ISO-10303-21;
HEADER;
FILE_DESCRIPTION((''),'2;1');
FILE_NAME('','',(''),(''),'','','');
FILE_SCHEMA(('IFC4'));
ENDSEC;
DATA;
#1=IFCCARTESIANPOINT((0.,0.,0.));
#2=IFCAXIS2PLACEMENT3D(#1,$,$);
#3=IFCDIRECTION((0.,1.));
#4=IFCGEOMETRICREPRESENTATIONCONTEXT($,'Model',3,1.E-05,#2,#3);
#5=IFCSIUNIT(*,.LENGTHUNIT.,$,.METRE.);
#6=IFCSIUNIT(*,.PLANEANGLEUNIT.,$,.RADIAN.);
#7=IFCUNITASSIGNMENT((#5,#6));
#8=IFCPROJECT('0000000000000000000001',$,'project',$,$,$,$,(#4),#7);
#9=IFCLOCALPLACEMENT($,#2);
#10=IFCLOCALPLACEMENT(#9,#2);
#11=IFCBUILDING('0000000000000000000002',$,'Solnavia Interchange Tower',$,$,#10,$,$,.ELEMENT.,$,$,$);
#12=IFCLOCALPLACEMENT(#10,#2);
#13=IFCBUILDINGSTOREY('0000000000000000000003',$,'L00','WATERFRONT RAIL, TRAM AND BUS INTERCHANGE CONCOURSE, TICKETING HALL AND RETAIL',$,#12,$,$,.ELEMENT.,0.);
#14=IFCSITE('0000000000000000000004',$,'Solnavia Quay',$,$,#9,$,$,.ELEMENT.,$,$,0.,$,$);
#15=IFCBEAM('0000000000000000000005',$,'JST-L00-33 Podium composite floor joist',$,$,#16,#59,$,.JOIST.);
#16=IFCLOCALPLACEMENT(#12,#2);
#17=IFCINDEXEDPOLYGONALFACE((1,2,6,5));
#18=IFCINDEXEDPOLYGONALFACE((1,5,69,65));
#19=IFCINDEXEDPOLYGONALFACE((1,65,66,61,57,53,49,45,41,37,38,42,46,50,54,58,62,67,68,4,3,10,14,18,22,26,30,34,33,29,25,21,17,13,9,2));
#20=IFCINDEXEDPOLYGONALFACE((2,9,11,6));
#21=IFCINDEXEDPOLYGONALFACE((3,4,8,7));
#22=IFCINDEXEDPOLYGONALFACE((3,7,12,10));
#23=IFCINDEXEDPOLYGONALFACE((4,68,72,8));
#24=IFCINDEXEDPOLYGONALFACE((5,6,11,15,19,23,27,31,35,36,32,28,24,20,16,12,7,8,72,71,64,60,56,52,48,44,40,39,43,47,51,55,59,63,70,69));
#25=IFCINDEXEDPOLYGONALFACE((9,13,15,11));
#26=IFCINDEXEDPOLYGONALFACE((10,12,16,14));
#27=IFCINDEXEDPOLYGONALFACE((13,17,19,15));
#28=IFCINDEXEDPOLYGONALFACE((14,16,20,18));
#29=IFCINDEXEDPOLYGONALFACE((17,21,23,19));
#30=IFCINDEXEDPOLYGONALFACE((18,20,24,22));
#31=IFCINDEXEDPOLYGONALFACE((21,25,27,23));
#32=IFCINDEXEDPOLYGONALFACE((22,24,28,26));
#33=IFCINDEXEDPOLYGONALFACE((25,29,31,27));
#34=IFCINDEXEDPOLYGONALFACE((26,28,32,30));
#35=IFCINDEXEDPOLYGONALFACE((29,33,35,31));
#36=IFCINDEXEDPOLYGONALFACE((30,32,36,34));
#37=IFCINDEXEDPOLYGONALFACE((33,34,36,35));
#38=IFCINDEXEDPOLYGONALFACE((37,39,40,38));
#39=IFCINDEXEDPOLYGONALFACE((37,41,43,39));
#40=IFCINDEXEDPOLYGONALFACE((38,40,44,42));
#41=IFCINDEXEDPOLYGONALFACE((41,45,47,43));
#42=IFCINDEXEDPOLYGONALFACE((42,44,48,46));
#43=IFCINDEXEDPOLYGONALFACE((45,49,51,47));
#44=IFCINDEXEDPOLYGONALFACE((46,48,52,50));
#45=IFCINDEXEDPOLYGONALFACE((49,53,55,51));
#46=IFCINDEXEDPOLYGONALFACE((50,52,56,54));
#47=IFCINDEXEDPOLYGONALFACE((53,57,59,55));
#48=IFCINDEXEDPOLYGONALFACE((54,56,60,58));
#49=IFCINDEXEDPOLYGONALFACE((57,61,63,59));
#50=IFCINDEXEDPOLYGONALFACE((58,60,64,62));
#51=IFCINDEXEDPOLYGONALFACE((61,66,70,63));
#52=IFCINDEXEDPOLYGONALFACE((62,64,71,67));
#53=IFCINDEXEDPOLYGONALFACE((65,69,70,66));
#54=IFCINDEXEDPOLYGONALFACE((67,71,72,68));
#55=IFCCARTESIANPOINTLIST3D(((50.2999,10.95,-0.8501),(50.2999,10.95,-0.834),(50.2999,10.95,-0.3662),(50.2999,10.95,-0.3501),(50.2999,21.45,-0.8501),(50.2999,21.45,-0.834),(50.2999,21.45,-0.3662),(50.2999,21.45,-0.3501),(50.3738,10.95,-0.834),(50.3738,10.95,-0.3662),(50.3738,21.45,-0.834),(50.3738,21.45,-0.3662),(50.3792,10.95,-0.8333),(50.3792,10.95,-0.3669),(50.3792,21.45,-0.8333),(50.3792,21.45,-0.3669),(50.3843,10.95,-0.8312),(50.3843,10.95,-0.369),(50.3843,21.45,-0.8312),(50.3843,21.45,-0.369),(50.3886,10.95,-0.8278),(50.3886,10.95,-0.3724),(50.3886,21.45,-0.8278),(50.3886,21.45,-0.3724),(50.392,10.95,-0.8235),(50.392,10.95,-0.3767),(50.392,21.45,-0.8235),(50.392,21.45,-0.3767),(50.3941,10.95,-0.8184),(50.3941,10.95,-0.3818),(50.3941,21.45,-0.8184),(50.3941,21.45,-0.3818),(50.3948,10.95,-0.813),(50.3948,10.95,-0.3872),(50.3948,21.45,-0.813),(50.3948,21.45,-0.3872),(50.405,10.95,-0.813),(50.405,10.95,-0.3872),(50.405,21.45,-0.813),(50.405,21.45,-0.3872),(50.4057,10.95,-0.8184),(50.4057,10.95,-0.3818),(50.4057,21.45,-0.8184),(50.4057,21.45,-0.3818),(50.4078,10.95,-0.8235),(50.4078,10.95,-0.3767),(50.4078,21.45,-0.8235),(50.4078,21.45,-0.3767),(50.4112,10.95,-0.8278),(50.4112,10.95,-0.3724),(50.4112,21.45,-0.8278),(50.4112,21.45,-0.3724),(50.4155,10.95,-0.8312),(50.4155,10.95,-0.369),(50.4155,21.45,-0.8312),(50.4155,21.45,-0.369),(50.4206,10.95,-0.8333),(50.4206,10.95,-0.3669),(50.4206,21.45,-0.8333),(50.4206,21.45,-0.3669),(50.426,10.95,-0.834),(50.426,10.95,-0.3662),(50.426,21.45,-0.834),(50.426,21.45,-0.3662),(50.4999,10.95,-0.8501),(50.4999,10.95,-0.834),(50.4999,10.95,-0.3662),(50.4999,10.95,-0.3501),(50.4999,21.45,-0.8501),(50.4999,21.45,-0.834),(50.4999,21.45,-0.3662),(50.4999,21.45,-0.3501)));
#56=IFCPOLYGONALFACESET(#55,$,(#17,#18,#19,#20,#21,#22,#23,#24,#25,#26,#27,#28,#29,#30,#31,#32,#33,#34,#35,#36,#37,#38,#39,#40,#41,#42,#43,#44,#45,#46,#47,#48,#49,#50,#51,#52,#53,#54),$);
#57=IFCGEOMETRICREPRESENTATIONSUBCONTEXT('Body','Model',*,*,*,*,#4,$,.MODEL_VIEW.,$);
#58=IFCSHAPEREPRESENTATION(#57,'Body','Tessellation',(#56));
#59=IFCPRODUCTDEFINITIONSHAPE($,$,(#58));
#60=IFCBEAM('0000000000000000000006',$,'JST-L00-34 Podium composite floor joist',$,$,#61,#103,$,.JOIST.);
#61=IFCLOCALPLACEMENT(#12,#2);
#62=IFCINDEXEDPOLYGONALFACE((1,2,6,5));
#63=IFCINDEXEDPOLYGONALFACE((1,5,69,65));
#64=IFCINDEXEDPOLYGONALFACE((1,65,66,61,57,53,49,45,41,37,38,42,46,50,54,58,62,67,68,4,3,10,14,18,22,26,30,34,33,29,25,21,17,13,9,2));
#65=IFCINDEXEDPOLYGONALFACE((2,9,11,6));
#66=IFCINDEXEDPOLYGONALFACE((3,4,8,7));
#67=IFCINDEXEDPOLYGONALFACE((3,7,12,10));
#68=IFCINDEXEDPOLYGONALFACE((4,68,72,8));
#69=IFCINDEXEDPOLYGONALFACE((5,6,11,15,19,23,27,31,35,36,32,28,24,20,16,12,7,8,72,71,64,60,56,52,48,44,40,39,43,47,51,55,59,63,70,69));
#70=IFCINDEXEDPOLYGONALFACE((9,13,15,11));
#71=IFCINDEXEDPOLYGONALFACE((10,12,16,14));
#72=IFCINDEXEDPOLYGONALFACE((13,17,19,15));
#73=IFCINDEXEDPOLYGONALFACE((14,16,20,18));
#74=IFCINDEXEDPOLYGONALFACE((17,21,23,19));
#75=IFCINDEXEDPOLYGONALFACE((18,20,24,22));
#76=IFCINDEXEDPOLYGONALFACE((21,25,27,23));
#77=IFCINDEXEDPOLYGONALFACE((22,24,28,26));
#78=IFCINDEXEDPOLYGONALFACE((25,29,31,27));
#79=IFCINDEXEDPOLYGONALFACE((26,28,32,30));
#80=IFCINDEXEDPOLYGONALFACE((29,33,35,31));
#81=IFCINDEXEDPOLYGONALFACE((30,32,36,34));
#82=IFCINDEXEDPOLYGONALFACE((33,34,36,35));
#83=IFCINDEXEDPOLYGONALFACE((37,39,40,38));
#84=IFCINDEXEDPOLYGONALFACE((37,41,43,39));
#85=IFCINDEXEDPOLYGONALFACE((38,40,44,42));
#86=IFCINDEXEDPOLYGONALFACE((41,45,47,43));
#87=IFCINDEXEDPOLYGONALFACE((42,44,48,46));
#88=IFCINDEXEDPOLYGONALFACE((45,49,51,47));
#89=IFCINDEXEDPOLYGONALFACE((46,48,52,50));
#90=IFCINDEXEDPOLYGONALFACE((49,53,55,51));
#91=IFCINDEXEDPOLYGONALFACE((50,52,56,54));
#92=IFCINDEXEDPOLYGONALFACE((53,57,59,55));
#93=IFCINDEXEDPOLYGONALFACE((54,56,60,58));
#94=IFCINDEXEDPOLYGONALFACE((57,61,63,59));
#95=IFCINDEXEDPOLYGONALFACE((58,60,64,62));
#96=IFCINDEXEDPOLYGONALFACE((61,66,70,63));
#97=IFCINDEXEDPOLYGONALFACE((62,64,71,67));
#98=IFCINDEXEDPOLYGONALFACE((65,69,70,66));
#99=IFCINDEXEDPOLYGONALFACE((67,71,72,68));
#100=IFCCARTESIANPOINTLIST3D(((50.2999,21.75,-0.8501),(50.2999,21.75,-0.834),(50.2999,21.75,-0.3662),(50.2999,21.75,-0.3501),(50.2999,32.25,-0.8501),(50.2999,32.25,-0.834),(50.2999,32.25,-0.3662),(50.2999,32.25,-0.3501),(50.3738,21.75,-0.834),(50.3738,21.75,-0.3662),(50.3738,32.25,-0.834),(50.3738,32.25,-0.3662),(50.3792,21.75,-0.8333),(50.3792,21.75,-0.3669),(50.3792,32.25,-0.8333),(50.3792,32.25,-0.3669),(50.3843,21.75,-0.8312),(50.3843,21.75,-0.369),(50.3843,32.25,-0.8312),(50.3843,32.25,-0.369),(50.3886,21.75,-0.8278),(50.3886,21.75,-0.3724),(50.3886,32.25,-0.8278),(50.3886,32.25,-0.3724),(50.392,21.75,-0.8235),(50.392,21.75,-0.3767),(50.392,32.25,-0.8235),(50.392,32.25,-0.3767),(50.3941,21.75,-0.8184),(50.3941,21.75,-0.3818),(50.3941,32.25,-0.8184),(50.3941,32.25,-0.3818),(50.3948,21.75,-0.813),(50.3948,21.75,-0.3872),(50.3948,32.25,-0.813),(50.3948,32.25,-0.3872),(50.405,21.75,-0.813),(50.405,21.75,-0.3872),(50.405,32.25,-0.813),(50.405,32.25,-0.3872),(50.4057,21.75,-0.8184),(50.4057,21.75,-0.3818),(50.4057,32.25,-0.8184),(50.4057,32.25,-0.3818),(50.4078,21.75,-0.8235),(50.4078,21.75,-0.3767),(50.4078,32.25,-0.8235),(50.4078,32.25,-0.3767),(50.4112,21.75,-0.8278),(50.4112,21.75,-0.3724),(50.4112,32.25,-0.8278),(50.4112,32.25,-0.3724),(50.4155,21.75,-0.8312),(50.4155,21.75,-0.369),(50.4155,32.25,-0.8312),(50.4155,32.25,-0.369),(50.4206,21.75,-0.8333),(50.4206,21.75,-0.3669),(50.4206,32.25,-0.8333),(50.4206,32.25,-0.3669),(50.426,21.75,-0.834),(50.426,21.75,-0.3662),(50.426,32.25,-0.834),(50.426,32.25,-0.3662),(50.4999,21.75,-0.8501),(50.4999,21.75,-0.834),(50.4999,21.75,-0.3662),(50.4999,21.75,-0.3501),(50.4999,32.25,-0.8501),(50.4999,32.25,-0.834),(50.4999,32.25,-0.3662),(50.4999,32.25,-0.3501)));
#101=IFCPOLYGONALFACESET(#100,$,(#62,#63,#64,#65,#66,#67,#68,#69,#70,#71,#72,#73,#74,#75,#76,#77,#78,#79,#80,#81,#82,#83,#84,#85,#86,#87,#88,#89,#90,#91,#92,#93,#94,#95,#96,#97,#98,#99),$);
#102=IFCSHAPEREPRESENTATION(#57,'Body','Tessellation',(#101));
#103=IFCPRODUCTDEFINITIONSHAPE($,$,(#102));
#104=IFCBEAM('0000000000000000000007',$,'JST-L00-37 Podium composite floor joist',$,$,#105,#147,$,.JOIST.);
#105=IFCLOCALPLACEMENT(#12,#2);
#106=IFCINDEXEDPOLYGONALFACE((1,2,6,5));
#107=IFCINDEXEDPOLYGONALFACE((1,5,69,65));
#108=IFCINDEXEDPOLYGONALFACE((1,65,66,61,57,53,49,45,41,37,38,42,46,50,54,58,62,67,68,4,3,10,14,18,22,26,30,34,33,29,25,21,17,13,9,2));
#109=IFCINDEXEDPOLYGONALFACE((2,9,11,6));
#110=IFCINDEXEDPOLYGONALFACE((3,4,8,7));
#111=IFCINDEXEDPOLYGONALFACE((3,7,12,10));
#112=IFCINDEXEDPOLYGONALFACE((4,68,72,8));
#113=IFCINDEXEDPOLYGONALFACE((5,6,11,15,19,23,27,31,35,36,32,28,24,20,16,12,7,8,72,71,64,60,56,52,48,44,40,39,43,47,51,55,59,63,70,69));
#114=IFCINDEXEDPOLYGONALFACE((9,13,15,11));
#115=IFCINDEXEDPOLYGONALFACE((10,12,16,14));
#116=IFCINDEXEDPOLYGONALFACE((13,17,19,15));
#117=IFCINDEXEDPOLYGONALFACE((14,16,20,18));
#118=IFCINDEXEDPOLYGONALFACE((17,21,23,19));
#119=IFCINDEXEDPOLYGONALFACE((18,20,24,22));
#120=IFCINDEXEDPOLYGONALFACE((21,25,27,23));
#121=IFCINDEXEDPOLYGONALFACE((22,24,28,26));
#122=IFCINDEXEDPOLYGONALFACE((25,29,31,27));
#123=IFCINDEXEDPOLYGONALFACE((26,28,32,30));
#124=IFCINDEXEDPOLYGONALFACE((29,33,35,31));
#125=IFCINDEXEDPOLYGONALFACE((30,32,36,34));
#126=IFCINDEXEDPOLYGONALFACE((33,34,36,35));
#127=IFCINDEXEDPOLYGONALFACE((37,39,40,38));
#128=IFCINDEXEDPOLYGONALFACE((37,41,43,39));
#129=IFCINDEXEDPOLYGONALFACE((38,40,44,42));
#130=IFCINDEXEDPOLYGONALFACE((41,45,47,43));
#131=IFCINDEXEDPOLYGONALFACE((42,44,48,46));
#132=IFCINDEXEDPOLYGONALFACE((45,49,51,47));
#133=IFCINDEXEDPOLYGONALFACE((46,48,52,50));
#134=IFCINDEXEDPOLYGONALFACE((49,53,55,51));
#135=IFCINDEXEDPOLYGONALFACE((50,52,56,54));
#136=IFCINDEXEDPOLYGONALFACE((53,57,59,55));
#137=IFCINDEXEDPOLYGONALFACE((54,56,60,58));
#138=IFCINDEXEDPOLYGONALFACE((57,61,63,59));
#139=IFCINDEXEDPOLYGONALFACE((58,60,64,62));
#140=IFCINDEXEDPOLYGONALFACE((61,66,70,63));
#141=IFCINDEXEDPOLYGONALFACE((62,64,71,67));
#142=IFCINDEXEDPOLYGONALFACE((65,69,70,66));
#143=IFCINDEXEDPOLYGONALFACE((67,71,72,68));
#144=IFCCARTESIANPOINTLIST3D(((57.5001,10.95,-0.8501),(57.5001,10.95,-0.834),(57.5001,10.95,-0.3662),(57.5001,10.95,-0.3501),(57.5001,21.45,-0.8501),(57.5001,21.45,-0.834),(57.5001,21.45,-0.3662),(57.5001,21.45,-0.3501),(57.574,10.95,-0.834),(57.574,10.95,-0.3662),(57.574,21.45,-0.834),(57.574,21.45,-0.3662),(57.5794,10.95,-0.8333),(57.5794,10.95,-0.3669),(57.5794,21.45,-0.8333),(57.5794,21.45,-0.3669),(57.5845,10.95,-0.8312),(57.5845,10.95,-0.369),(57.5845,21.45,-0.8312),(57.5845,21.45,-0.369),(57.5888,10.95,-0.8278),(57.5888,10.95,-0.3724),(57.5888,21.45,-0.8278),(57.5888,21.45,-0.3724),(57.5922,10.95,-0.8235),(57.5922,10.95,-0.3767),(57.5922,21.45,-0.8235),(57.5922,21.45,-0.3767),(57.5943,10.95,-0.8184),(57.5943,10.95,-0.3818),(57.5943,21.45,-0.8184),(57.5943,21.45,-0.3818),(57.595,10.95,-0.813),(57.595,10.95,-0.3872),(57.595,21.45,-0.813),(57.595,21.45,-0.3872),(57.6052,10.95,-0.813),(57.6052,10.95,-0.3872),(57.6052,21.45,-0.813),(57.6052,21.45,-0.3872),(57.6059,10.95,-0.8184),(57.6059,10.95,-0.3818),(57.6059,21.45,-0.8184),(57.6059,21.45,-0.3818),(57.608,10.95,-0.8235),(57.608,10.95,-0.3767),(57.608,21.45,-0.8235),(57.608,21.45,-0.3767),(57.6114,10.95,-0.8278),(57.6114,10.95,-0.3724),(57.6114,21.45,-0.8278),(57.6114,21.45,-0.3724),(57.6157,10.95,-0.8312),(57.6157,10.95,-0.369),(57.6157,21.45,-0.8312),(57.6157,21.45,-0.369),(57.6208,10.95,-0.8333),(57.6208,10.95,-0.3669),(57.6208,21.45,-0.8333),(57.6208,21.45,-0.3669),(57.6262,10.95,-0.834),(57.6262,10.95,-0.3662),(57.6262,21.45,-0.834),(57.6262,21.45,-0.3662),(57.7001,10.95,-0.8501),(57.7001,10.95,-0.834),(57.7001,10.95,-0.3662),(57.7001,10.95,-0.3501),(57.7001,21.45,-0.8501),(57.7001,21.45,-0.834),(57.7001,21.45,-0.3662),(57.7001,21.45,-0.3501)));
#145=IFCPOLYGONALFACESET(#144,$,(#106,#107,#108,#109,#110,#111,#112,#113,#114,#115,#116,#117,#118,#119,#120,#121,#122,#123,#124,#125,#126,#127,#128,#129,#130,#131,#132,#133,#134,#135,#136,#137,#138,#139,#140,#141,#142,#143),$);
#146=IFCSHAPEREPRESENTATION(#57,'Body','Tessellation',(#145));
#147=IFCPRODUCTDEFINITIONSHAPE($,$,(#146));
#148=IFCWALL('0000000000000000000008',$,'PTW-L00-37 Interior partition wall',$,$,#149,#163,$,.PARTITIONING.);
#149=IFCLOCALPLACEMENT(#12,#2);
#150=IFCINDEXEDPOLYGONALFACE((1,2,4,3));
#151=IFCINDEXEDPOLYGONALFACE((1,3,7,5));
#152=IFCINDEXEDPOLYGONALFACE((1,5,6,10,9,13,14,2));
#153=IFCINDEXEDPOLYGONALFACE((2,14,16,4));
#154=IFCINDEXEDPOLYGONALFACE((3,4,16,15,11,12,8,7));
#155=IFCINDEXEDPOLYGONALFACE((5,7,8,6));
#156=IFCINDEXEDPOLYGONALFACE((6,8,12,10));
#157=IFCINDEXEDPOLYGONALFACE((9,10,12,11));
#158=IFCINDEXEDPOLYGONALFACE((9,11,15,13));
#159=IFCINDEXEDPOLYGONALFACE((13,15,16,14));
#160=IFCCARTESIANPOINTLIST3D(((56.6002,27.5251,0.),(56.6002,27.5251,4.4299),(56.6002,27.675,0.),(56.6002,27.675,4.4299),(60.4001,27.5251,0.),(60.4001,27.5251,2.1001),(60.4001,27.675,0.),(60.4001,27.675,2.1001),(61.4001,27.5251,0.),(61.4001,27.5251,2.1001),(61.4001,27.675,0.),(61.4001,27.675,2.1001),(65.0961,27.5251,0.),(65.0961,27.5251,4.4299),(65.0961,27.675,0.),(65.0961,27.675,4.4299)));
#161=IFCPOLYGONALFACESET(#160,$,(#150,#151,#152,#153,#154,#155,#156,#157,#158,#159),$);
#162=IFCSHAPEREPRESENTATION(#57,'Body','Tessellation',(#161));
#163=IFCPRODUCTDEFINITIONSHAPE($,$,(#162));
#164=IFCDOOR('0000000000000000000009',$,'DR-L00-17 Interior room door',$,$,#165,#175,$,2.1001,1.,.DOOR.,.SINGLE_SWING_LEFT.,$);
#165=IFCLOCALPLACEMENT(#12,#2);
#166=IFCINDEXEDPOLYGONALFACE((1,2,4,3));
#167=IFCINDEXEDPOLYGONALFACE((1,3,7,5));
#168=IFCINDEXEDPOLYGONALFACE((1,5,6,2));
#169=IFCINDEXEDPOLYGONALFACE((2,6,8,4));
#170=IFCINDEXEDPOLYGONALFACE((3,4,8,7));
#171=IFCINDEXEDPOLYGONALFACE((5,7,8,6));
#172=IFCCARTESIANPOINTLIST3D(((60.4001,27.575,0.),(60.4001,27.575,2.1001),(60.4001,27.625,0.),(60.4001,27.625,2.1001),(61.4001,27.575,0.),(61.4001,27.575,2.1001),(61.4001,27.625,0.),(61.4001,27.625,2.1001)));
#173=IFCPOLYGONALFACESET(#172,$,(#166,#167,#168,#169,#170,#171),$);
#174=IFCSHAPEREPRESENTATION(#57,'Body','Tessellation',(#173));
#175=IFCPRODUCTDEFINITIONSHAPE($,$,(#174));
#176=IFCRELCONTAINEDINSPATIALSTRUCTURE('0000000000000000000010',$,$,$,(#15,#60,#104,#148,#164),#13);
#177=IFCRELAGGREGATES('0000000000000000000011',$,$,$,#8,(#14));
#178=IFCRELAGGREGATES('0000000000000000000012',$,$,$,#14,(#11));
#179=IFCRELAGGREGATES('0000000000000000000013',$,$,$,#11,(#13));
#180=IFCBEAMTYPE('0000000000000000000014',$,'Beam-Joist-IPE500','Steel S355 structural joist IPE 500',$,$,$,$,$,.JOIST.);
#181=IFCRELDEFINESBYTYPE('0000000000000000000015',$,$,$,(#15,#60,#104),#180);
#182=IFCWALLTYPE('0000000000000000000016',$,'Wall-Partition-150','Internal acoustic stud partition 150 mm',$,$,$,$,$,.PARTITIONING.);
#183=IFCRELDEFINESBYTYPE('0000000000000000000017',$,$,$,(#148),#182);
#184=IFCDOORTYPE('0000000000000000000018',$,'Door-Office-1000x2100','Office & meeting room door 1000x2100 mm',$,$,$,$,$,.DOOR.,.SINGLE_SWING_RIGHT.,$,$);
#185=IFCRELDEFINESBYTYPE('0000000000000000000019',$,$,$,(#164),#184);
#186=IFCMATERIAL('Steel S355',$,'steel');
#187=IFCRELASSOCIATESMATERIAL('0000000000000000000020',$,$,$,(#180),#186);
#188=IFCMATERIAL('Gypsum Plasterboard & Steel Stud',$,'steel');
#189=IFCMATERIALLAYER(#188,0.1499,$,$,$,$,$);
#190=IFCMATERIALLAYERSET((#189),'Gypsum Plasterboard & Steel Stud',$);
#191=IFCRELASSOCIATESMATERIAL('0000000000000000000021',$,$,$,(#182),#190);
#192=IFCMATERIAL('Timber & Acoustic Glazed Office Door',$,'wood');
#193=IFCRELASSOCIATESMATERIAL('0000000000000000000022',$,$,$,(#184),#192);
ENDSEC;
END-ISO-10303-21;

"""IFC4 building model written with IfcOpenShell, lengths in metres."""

from ifc_helpers import new_model, si_unit, direction, frame, frame_2d, origin, origin_2d, place, context, subcontext, project, spatial, rectangle, i_section, extrude, material, layer, layer_set, material_profile, profile_set, type_object, element, fill, save


model = new_model("IFC4")

# Units and contexts
model_context = context("Model", 3, precision=1e-05, world=origin(), true_north=direction((0.0, 1.0)))
body_context = subcontext(model_context, "Body", "Model", "MODEL_VIEW")
ifc_project = project(units=[si_unit("LENGTHUNIT", "METRE"), si_unit("PLANEANGLEUNIT", "RADIAN")], contexts=[model_context])

# Site, building, storey
site_placement = place(None, origin())
site = spatial("IfcSite", under=ifc_project, at=site_placement, Name="Solnavia Quay", CompositionType="ELEMENT", RefElevation=0.0)
building_placement = place(site_placement, origin())
building = spatial("IfcBuilding", under=site, at=building_placement, Name="Solnavia Interchange Tower", CompositionType="ELEMENT")
storey_placement = place(building_placement, origin())
storey = spatial("IfcBuildingStorey", under=building, at=storey_placement, Name="L00", Description="WATERFRONT RAIL, TRAM AND BUS INTERCHANGE CONCOURSE, TICKETING HALL AND RETAIL", CompositionType="ELEMENT", Elevation=0.0)

# Beams
ifc_material_1 = material(Name="Steel S355", Category="steel")
ifc_material_profile_1 = material_profile(ifc_material_1, i_section(OverallWidth=0.2, OverallDepth=0.5, WebThickness=0.0103, FlangeThickness=0.0161, FilletRadius=0.021, at=origin_2d()), Name="IPE 500")
ifc_profile_set_1 = profile_set([ifc_material_profile_1], Name="Steel S355")
beam_type_1 = type_object("IfcBeamType", Name="Beam-Joist-IPE500", Description="Steel S355 structural joist IPE 500", PredefinedType="JOIST", material=ifc_profile_set_1)
for number, where, z_axis, x_axis, name in (
    (1, (50.3999, 10.95, -0.6001), (0.0, 1.0, 0.0), (-1.0, 0.0, 0.0), "JST-L00-33 Podium composite floor joist"),
    (2, (50.3999, 21.75, -0.6001), (0.0, 1.0, 0.0), (-1.0, 0.0, 0.0), "JST-L00-34 Podium composite floor joist"),
    (3, (57.6001, 10.95, -0.6001), (0.0, 1.0, 0.0), (-1.0, 0.0, 0.0), "JST-L00-37 Podium composite floor joist"),
):
    element("IfcBeam", number, at=place(storey_placement, frame(where, z_axis=z_axis, x_axis=x_axis)), inside=storey, type_object=beam_type_1, Name=name, PredefinedType="JOIST", context=body_context, shape_type="SweptSolid", body=[
        extrude(i_section(OverallWidth=0.2, OverallDepth=0.5, WebThickness=0.0103, FlangeThickness=0.0161, FilletRadius=0.021, at=origin_2d()), origin(), (0.0, 0.0, 1.0), 10.5),
    ])

# Wall, opening, door
ifc_material_2 = material(Name="Gypsum Plasterboard & Steel Stud", Category="steel")
ifc_layer_1 = layer(ifc_material_2, 0.1499)
ifc_layer_set_1 = layer_set([ifc_layer_1], Name="Gypsum Plasterboard & Steel Stud")
wall_type_1 = type_object("IfcWallType", Name="Wall-Partition-150", Description="Internal acoustic stud partition 150 mm", PredefinedType="PARTITIONING", material=ifc_layer_set_1)
wall_1_placement = place(storey_placement, frame((56.6001, 27.6001, 0.0), z_axis=(0.0, 0.0, 1.0), x_axis=(1.0, 0.0, 0.0)))
wall_1 = element("IfcWall", 4, at=wall_1_placement, inside=storey, type_object=wall_type_1, Name="PTW-L00-37 Interior partition wall", PredefinedType="PARTITIONING", context=body_context, shape_type="SweptSolid", body=[
    extrude(rectangle(XDim=8.4958, YDim=0.1499, at=frame_2d((4.248, 0.0))), origin(), (0.0, 0.0, 1.0), 4.4299),
])
opening_1_placement = place(wall_1_placement, frame((3.8, 0.0, 0.0)))
opening_1 = element("IfcOpeningElement", 5, at=opening_1_placement, cuts=wall_1, PredefinedType="OPENING", context=body_context, shape_type="SweptSolid", body=[
    extrude(rectangle(XDim=1.0, YDim=2.1001, at=frame_2d((0.5, 1.05))), frame((0.0, 0.085, 0.0), z_axis=(0.0, -1.0, 0.0), x_axis=(1.0, 0.0, 0.0)), (0.0, 0.0, 1.0), 0.1699),
])
ifc_material_3 = material(Name="Timber & Acoustic Glazed Office Door", Category="wood")
door_type_1 = type_object("IfcDoorType", Name="Door-Office-1000x2100", Description="Office & meeting room door 1000x2100 mm", OperationType="SINGLE_SWING_RIGHT", PredefinedType="DOOR", material=ifc_material_3)
door_1_placement = place(opening_1_placement, origin())
door_1 = element("IfcDoor", 6, at=door_1_placement, inside=storey, type_object=door_type_1, Name="DR-L00-17 Interior room door", OperationType="SINGLE_SWING_LEFT", OverallHeight=2.1001, OverallWidth=1.0, PredefinedType="DOOR", context=body_context, shape_type="SweptSolid", body=[
    extrude(rectangle(XDim=1.0, YDim=2.1001, at=frame_2d((0.5, 1.05))), frame((0.0, 0.0249, 0.0), z_axis=(0.0, -1.0, 0.0), x_axis=(1.0, 0.0, 0.0)), (0.0, 0.0, 1.0), 0.05),
])
fill(opening_1, door_1)

save(model, "model.ifc")
